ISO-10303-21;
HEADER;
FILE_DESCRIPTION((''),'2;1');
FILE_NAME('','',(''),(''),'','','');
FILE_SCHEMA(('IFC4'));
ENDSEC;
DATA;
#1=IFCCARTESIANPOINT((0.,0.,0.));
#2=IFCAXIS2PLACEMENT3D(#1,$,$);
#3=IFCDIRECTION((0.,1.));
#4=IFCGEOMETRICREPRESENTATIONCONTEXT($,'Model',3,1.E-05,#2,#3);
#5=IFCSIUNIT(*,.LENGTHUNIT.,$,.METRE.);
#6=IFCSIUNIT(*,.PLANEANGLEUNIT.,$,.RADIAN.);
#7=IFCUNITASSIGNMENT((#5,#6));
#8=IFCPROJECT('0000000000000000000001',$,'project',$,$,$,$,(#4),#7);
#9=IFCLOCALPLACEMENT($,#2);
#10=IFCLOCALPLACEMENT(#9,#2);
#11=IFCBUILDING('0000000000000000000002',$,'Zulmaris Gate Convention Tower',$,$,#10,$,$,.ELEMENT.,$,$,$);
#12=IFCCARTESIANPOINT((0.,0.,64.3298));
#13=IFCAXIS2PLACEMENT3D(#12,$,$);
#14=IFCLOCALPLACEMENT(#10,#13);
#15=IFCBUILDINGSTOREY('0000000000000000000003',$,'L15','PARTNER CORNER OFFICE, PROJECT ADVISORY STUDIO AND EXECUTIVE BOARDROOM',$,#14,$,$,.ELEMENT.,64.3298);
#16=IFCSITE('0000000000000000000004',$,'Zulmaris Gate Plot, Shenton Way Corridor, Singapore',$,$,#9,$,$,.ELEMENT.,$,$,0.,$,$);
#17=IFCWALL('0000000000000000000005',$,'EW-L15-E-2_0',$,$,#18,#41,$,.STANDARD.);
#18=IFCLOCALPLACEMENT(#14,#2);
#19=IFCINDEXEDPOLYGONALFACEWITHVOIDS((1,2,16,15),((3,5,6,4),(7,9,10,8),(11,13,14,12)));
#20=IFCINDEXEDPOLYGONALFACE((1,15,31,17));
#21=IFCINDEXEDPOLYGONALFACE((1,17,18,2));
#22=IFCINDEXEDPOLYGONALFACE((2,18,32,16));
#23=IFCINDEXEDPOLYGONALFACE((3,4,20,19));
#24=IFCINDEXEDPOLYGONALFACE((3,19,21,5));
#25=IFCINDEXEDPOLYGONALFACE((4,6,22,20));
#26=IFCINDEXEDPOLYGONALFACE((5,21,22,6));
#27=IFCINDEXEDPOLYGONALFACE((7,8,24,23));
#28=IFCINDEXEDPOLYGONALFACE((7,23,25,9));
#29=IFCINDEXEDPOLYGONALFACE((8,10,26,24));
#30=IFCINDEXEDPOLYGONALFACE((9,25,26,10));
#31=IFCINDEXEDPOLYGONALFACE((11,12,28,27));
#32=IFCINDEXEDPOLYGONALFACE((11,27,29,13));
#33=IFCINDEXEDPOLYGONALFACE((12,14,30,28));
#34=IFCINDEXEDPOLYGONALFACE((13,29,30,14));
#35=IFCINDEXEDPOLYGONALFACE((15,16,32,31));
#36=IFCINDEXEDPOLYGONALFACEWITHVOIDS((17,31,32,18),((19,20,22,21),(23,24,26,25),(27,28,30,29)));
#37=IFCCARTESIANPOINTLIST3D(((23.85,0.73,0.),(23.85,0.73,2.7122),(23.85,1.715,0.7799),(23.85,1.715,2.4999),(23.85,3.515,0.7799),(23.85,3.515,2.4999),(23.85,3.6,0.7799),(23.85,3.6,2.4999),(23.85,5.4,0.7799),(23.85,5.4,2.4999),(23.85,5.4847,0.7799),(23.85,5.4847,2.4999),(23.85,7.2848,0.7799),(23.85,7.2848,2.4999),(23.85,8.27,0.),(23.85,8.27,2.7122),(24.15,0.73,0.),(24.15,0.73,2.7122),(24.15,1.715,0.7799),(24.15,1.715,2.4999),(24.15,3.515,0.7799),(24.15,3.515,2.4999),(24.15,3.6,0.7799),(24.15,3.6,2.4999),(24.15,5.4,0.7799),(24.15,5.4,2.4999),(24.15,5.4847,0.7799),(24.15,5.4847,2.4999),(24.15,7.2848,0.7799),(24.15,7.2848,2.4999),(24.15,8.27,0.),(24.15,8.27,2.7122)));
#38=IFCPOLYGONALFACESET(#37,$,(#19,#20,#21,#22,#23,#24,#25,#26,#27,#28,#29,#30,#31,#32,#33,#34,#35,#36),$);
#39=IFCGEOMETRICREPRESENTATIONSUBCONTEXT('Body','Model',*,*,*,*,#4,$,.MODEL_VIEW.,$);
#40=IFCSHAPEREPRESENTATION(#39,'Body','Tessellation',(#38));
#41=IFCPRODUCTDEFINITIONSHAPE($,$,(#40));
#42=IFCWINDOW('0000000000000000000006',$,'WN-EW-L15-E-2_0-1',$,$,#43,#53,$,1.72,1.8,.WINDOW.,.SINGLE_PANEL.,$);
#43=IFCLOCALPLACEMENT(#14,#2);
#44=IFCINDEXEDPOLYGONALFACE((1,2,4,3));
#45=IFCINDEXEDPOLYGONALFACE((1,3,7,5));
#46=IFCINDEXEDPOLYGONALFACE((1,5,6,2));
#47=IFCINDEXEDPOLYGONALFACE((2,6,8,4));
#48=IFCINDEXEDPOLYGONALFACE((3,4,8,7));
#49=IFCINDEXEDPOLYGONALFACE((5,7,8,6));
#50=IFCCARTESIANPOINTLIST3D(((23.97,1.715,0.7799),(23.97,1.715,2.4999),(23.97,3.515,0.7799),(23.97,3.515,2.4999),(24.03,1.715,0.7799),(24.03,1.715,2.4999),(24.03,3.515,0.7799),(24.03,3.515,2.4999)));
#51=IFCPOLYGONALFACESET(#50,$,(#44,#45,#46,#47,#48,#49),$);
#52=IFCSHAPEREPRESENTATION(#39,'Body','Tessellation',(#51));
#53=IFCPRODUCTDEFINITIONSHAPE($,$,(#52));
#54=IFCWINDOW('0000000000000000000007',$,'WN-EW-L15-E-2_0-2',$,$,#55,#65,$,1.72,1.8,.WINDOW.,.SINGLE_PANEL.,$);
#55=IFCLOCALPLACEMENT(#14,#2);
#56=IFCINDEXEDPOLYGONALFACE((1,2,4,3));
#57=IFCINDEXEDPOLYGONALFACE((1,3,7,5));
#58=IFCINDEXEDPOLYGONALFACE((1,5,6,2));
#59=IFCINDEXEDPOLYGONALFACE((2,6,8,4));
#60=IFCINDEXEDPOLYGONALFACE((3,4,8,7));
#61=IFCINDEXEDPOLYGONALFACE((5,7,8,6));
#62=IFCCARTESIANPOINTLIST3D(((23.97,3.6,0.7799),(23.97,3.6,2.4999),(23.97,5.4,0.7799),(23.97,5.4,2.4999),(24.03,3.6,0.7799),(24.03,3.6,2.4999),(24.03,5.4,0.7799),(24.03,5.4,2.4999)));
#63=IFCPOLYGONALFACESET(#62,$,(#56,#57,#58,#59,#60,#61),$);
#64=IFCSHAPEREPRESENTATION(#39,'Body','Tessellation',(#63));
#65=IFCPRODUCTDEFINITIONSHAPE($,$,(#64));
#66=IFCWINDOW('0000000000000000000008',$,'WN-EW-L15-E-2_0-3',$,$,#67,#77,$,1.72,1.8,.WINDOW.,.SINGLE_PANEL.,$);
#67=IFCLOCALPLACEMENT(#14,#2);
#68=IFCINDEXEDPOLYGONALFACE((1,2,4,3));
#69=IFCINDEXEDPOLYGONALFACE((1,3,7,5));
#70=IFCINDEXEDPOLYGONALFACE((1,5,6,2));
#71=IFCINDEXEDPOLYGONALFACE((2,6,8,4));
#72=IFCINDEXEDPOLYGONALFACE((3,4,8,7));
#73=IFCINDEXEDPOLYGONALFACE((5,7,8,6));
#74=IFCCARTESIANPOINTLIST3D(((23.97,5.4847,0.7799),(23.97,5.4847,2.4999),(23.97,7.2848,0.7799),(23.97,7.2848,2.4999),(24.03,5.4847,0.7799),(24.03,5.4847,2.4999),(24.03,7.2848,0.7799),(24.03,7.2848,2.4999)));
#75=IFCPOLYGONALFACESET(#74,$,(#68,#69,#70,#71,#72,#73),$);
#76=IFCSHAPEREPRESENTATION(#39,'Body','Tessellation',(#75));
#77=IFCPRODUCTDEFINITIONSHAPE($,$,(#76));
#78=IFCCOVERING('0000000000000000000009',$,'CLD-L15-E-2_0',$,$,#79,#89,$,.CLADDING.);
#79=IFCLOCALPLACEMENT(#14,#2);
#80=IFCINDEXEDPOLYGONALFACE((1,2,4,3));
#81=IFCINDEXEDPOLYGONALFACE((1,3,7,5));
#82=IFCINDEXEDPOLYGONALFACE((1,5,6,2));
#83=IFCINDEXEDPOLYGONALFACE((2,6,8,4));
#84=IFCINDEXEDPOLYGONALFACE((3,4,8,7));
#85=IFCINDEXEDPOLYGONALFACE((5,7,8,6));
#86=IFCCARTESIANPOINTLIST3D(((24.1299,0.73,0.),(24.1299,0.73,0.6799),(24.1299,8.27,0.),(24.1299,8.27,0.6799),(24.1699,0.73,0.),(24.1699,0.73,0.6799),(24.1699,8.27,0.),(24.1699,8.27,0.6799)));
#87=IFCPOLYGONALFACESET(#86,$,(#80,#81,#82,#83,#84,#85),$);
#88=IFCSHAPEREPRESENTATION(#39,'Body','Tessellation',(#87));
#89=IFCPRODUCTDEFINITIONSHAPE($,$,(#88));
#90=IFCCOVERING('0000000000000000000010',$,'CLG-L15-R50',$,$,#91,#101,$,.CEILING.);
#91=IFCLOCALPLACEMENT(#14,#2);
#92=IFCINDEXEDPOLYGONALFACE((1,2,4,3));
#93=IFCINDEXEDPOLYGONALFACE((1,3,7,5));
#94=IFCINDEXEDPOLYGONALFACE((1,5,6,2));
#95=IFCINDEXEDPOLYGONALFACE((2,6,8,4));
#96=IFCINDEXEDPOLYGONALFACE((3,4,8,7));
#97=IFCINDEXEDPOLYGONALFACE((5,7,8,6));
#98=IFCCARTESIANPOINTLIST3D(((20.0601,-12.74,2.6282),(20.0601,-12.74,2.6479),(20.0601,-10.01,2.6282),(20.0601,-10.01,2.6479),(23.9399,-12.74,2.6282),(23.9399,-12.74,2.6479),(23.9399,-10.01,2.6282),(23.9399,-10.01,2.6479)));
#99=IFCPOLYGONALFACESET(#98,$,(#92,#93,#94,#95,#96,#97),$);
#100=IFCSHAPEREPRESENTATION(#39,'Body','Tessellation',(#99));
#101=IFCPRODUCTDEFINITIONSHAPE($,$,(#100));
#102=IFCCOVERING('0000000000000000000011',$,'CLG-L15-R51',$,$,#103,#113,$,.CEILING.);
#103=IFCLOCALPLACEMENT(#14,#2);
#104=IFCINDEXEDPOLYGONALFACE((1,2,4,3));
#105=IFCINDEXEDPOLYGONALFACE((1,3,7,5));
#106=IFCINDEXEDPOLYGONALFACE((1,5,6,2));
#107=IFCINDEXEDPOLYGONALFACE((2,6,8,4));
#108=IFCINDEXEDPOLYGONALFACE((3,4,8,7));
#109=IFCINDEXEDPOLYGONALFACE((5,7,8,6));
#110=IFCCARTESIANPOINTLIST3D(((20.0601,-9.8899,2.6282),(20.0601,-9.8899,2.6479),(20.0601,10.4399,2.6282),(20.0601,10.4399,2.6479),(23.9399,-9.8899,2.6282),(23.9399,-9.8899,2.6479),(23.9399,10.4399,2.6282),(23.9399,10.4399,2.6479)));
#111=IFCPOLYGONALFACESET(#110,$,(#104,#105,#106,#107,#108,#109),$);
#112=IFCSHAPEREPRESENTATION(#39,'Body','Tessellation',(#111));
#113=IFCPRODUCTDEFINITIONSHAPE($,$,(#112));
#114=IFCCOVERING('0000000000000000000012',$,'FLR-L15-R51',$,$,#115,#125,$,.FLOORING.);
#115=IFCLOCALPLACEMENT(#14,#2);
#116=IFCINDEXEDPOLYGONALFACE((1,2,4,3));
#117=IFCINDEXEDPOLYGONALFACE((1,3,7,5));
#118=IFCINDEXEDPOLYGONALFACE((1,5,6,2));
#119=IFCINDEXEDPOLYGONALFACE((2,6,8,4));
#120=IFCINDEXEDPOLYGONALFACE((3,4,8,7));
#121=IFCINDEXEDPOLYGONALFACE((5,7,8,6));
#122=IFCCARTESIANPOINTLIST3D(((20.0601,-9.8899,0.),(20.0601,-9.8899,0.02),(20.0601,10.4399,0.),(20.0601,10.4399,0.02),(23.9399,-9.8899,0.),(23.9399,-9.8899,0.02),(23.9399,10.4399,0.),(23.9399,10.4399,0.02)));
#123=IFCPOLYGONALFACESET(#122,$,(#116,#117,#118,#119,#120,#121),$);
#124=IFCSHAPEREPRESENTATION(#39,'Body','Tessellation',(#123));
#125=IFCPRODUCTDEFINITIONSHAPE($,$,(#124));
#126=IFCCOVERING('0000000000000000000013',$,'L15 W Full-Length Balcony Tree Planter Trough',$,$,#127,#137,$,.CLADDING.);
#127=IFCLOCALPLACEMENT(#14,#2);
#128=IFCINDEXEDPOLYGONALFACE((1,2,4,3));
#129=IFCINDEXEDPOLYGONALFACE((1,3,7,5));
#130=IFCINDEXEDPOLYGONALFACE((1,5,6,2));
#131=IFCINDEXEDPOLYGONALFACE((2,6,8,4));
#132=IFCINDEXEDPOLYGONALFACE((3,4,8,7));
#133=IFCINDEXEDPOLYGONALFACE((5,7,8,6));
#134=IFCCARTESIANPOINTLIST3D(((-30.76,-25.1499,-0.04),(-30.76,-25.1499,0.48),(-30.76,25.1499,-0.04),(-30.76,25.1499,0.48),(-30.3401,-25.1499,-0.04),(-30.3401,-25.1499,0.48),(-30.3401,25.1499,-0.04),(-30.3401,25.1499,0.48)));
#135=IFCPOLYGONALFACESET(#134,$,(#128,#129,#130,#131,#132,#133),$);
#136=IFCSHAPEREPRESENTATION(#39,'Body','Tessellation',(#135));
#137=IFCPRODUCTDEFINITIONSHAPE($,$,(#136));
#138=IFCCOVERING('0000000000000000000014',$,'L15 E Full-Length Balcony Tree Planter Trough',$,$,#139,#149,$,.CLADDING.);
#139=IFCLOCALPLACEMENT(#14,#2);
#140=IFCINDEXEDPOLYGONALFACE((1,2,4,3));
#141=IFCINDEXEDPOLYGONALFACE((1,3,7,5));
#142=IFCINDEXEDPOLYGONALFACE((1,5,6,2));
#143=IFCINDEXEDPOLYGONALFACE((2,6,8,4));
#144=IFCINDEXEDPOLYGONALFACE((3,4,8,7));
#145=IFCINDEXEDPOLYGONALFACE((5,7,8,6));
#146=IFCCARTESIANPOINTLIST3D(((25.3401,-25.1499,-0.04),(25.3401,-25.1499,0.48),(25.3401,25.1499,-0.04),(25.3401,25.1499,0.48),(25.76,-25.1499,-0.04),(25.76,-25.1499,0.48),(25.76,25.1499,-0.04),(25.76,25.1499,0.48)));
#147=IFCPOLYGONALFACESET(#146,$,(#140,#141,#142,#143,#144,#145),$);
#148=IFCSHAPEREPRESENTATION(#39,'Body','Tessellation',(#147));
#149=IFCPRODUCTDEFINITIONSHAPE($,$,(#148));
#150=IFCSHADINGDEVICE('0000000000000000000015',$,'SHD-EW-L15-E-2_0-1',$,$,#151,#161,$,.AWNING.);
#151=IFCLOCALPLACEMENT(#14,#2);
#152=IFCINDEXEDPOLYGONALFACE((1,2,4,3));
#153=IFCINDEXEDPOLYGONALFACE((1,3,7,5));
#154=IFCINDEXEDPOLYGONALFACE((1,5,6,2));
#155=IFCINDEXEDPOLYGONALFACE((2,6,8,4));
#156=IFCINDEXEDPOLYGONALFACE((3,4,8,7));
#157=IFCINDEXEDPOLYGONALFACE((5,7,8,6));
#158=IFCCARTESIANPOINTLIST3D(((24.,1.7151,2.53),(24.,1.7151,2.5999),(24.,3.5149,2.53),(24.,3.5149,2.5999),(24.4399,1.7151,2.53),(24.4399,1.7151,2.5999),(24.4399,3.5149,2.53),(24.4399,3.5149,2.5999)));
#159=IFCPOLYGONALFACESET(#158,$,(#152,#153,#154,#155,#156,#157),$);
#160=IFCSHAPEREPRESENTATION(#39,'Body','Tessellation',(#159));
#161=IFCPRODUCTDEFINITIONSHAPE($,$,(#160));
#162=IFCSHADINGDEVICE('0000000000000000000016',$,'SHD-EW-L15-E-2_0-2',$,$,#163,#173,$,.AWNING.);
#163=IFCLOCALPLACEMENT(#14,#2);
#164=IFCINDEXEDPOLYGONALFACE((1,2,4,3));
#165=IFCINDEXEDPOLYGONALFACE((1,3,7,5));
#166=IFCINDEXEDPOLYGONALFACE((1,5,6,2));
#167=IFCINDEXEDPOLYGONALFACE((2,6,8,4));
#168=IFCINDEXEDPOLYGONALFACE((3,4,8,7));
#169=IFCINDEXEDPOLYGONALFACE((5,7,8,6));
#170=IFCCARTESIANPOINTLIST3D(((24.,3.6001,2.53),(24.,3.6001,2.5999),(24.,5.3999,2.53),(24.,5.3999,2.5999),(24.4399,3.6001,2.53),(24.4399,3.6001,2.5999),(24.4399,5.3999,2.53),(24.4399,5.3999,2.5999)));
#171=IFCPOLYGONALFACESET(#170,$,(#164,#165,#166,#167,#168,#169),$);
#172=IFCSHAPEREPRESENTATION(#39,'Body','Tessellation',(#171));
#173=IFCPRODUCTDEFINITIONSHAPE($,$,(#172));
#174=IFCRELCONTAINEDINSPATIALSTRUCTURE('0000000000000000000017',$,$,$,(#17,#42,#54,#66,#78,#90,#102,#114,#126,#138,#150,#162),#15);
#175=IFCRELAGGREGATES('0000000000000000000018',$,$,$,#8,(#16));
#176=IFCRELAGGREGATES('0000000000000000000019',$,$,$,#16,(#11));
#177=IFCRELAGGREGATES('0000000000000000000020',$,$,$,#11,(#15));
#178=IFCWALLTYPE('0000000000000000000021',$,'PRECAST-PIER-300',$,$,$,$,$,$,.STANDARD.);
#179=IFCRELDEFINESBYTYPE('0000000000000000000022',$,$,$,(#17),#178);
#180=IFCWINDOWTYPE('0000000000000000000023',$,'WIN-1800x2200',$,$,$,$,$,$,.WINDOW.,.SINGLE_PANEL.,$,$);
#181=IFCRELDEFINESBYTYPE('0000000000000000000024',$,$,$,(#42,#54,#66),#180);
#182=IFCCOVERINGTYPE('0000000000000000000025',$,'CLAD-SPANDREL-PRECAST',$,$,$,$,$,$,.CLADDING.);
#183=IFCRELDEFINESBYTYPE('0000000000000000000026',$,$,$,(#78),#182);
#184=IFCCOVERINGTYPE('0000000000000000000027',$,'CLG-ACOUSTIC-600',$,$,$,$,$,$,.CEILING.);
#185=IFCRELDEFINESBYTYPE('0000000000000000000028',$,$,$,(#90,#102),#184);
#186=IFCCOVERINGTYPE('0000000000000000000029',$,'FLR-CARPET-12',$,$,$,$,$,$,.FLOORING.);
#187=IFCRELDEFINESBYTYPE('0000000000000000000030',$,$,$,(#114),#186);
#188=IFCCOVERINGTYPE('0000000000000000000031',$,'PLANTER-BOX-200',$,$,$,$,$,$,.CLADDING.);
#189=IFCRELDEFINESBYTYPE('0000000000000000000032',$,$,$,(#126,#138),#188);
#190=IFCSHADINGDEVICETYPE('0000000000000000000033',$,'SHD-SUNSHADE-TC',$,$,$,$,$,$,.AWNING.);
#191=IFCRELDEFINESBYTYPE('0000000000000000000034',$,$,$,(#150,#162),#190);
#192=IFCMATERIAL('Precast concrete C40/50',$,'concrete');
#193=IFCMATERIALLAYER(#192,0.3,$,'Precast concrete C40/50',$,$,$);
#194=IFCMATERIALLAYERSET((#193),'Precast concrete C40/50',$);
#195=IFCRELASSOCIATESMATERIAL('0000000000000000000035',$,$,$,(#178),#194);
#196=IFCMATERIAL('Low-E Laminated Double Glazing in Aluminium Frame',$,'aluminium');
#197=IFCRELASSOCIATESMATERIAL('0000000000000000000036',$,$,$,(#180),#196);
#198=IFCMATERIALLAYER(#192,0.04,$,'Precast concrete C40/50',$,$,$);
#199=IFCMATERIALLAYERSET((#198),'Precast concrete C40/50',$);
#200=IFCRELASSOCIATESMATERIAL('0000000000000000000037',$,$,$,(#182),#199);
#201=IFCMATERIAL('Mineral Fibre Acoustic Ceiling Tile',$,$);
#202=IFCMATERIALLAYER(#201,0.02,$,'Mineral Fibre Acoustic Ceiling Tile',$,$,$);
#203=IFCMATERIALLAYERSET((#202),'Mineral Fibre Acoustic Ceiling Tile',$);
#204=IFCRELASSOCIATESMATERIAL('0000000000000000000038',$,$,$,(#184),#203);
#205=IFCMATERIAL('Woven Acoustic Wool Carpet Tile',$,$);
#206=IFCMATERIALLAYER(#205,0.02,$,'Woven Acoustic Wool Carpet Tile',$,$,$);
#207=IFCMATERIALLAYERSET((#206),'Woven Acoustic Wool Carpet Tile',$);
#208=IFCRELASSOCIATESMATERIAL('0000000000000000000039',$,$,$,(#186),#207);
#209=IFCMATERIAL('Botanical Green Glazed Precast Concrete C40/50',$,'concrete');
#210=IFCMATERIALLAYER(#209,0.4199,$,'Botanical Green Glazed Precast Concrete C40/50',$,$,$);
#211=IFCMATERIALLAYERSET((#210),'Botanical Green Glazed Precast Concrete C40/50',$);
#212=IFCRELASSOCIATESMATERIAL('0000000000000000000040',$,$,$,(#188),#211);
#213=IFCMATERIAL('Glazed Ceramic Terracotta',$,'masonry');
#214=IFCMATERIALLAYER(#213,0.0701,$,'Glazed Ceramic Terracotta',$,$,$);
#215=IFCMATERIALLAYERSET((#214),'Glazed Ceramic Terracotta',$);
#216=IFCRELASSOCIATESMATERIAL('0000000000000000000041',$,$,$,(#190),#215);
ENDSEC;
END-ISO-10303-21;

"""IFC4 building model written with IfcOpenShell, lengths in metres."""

from ifc_helpers import new_model, si_unit, direction, frame, frame_2d, origin, place, context, subcontext, project, spatial, polyline, rectangle, outline, extrude, material, layer, layer_set, type_object, element, fill, save


model = new_model("IFC4")

# Units and contexts
model_context = context("Model", 3, precision=1e-05, world=origin(), true_north=direction((0.0, 1.0)))
body_context = subcontext(model_context, "Body", "Model", "MODEL_VIEW")
ifc_project = project(units=[si_unit("LENGTHUNIT", "METRE"), si_unit("PLANEANGLEUNIT", "RADIAN")], contexts=[model_context])

# Site, building, storey
site_placement = place(None, origin())
site = spatial("IfcSite", under=ifc_project, at=site_placement, Name="Zulmaris Gate Plot, Shenton Way Corridor, Singapore", CompositionType="ELEMENT", RefElevation=0.0)
building_placement = place(site_placement, origin())
building = spatial("IfcBuilding", under=site, at=building_placement, Name="Zulmaris Gate Convention Tower", CompositionType="ELEMENT")
storey_placement = place(building_placement, frame((0.0, 0.0, 64.3298)))
storey = spatial("IfcBuildingStorey", under=building, at=storey_placement, Name="L15", Description="PARTNER CORNER OFFICE, PROJECT ADVISORY STUDIO AND EXECUTIVE BOARDROOM", CompositionType="ELEMENT", Elevation=64.3298)

# Wall, openings, windows
ifc_material_1 = material(Name="Precast concrete C40/50", Category="concrete")
ifc_layer_1 = layer(ifc_material_1, 0.3, Name="Precast concrete C40/50")
ifc_layer_set_1 = layer_set([ifc_layer_1], Name="Precast concrete C40/50")
wall_type_1 = type_object("IfcWallType", Name="PRECAST-PIER-300", PredefinedType="STANDARD", material=ifc_layer_set_1)
wall_1_placement = place(storey_placement, frame((24.0, 0.73, 0.0), z_axis=(0.0, 0.0, 1.0), x_axis=(0.0, 1.0, 0.0)))
wall_1 = element("IfcWall", 1, at=wall_1_placement, inside=storey, type_object=wall_type_1, Name="EW-L15-E-2_0", PredefinedType="STANDARD", context=body_context, shape_type="SweptSolid", body=[
    extrude(rectangle(XDim=7.54, YDim=0.3, at=frame_2d((3.77, 0.0))), origin(), (0.0, 0.0, 1.0), 2.7122),
])
opening_1_placement = place(wall_1_placement, frame((0.9851, 0.0, 0.78)))
opening_1 = element("IfcOpeningElement", 2, at=opening_1_placement, cuts=wall_1, PredefinedType="OPENING", context=body_context, shape_type="SweptSolid", body=[
    extrude(rectangle(XDim=1.8, YDim=1.72, at=frame_2d((0.8999, 0.8599))), frame((0.0, 0.1602, 0.0), z_axis=(0.0, -1.0, 0.0), x_axis=(1.0, 0.0, 0.0)), (0.0, 0.0, 1.0), 0.3201),
])
opening_2_placement = place(wall_1_placement, frame((2.8701, 0.0, 0.78)))
opening_2 = element("IfcOpeningElement", 3, at=opening_2_placement, cuts=wall_1, PredefinedType="OPENING", context=body_context, shape_type="SweptSolid", body=[
    extrude(rectangle(XDim=1.8, YDim=1.72, at=frame_2d((0.8999, 0.8599))), frame((0.0, 0.1602, 0.0), z_axis=(0.0, -1.0, 0.0), x_axis=(1.0, 0.0, 0.0)), (0.0, 0.0, 1.0), 0.3201),
])
opening_3_placement = place(wall_1_placement, frame((4.7549, 0.0, 0.78)))
opening_3 = element("IfcOpeningElement", 4, at=opening_3_placement, cuts=wall_1, PredefinedType="OPENING", context=body_context, shape_type="SweptSolid", body=[
    extrude(rectangle(XDim=1.8, YDim=1.72, at=frame_2d((0.8999, 0.8599))), frame((0.0, 0.1602, 0.0), z_axis=(0.0, -1.0, 0.0), x_axis=(1.0, 0.0, 0.0)), (0.0, 0.0, 1.0), 0.3201),
])
ifc_material_2 = material(Name="Low-E Laminated Double Glazing in Aluminium Frame", Category="aluminium")
window_type = type_object("IfcWindowType", Name="WIN-1800x2200", PartitioningType="SINGLE_PANEL", PredefinedType="WINDOW", material=ifc_material_2)
window_1_placement = place(opening_1_placement, origin())
window_1 = element("IfcWindow", 5, at=window_1_placement, inside=storey, type_object=window_type, Name="WN-EW-L15-E-2_0-1", OverallHeight=1.72, OverallWidth=1.8, PartitioningType="SINGLE_PANEL", PredefinedType="WINDOW", context=body_context, shape_type="SweptSolid", body=[
    extrude(rectangle(XDim=1.8, YDim=1.72, at=frame_2d((0.8999, 0.8599))), frame((0.0, 0.03, 0.0), z_axis=(0.0, -1.0, 0.0), x_axis=(1.0, 0.0, 0.0)), (0.0, 0.0, 1.0), 0.0601),
])
fill(opening_1, window_1)
window_2_placement = place(opening_2_placement, origin())
window_2 = element("IfcWindow", 6, at=window_2_placement, inside=storey, type_object=window_type, Name="WN-EW-L15-E-2_0-2", OverallHeight=1.72, OverallWidth=1.8, PartitioningType="SINGLE_PANEL", PredefinedType="WINDOW", context=body_context, shape_type="SweptSolid", body=[
    extrude(rectangle(XDim=1.8, YDim=1.72, at=frame_2d((0.8999, 0.8599))), frame((0.0, 0.03, 0.0), z_axis=(0.0, -1.0, 0.0), x_axis=(1.0, 0.0, 0.0)), (0.0, 0.0, 1.0), 0.0601),
])
fill(opening_2, window_2)
window_3_placement = place(opening_3_placement, origin())
window_3 = element("IfcWindow", 7, at=window_3_placement, inside=storey, type_object=window_type, Name="WN-EW-L15-E-2_0-3", OverallHeight=1.72, OverallWidth=1.8, PartitioningType="SINGLE_PANEL", PredefinedType="WINDOW", context=body_context, shape_type="SweptSolid", body=[
    extrude(rectangle(XDim=1.8, YDim=1.72, at=frame_2d((0.8999, 0.8599))), frame((0.0, 0.03, 0.0), z_axis=(0.0, -1.0, 0.0), x_axis=(1.0, 0.0, 0.0)), (0.0, 0.0, 1.0), 0.0601),
])
fill(opening_3, window_3)

# Coverings
ifc_layer_2 = layer(ifc_material_1, 0.04, Name="Precast concrete C40/50")
ifc_layer_set_2 = layer_set([ifc_layer_2], Name="Precast concrete C40/50")
covering_type_1 = type_object("IfcCoveringType", Name="CLAD-SPANDREL-PRECAST", PredefinedType="CLADDING", material=ifc_layer_set_2)
covering_1_placement = place(storey_placement, frame((24.1499, 0.73, 0.0), z_axis=(0.0, 0.0, 1.0), x_axis=(0.0, 1.0, 0.0)))
element("IfcCovering", 8, at=covering_1_placement, inside=storey, type_object=covering_type_1, Name="CLD-L15-E-2_0", PredefinedType="CLADDING", context=body_context, shape_type="SweptSolid", body=[
    extrude(rectangle(XDim=7.54, YDim=0.04, at=frame_2d((3.77, 0.0))), origin(), (0.0, 0.0, 1.0), 0.6799),
])
ifc_material_3 = material(Name="Mineral Fibre Acoustic Ceiling Tile")
ifc_layer_3 = layer(ifc_material_3, 0.02, Name="Mineral Fibre Acoustic Ceiling Tile")
ifc_layer_set_3 = layer_set([ifc_layer_3], Name="Mineral Fibre Acoustic Ceiling Tile")
covering_type_2 = type_object("IfcCoveringType", Name="CLG-ACOUSTIC-600", PredefinedType="CEILING", material=ifc_layer_set_3)
covering_2_placement = place(storey_placement, frame((0.0, 0.0, 2.6282)))
element("IfcCovering", 9, at=covering_2_placement, inside=storey, type_object=covering_type_2, Name="CLG-L15-R50", PredefinedType="CEILING", context=body_context, shape_type="SweptSolid", body=[
    extrude(outline(polyline([(20.0601, -12.74), (23.9399, -12.74), (23.9399, -10.01), (20.0601, -10.01), (20.0601, -12.74)])), origin(), (0.0, 0.0, 1.0), 0.0198),
])
covering_3_placement = place(storey_placement, frame((0.0, 0.0, 2.6282)))
element("IfcCovering", 10, at=covering_3_placement, inside=storey, type_object=covering_type_2, Name="CLG-L15-R51", PredefinedType="CEILING", context=body_context, shape_type="SweptSolid", body=[
    extrude(outline(polyline([(20.0601, -9.8899), (23.9399, -9.8899), (23.9399, 10.4399), (20.0601, 10.4399), (20.0601, -9.8899)])), origin(), (0.0, 0.0, 1.0), 0.0198),
])
ifc_material_4 = material(Name="Woven Acoustic Wool Carpet Tile")
ifc_layer_4 = layer(ifc_material_4, 0.02, Name="Woven Acoustic Wool Carpet Tile")
ifc_layer_set_4 = layer_set([ifc_layer_4], Name="Woven Acoustic Wool Carpet Tile")
covering_type_3 = type_object("IfcCoveringType", Name="FLR-CARPET-12", PredefinedType="FLOORING", material=ifc_layer_set_4)
covering_4_placement = place(storey_placement, origin())
element("IfcCovering", 11, at=covering_4_placement, inside=storey, type_object=covering_type_3, Name="FLR-L15-R51", PredefinedType="FLOORING", context=body_context, shape_type="SweptSolid", body=[
    extrude(outline(polyline([(20.0601, -9.8899), (23.9399, -9.8899), (23.9399, 10.4399), (20.0601, 10.4399), (20.0601, -9.8899)])), origin(), (0.0, 0.0, 1.0), 0.02),
])
ifc_material_5 = material(Name="Botanical Green Glazed Precast Concrete C40/50", Category="concrete")
ifc_layer_5 = layer(ifc_material_5, 0.4199, Name="Botanical Green Glazed Precast Concrete C40/50")
ifc_layer_set_5 = layer_set([ifc_layer_5], Name="Botanical Green Glazed Precast Concrete C40/50")
covering_type_4 = type_object("IfcCoveringType", Name="PLANTER-BOX-200", PredefinedType="CLADDING", material=ifc_layer_set_5)
covering_5_placement = place(storey_placement, frame((0.0, 0.0, -0.04)))
element("IfcCovering", 12, at=covering_5_placement, inside=storey, type_object=covering_type_4, Name="L15 W Full-Length Balcony Tree Planter Trough", PredefinedType="CLADDING", context=body_context, shape_type="SweptSolid", body=[
    extrude(outline(polyline([(-30.76, -25.1499), (-30.3401, -25.1499), (-30.3401, 25.1499), (-30.76, 25.1499), (-30.76, -25.1499)])), origin(), (0.0, 0.0, 1.0), 0.52),
])
covering_6_placement = place(storey_placement, frame((0.0, 0.0, -0.04)))
element("IfcCovering", 13, at=covering_6_placement, inside=storey, type_object=covering_type_4, Name="L15 E Full-Length Balcony Tree Planter Trough", PredefinedType="CLADDING", context=body_context, shape_type="SweptSolid", body=[
    extrude(outline(polyline([(25.3401, -25.1499), (25.76, -25.1499), (25.76, 25.1499), (25.3401, 25.1499), (25.3401, -25.1499)])), origin(), (0.0, 0.0, 1.0), 0.52),
])

# Shading devices
ifc_material_6 = material(Name="Glazed Ceramic Terracotta", Category="masonry")
ifc_layer_6 = layer(ifc_material_6, 0.0701, Name="Glazed Ceramic Terracotta")
ifc_layer_set_6 = layer_set([ifc_layer_6], Name="Glazed Ceramic Terracotta")
shading_device_type = type_object("IfcShadingDeviceType", Name="SHD-SUNSHADE-TC", PredefinedType="AWNING", material=ifc_layer_set_6)
for number, where, z_axis, x_axis, name in (
    (14, (24.22, 1.7151, 2.53), (0.0, 0.0, 1.0), (0.0, 1.0, 0.0), "SHD-EW-L15-E-2_0-1"),
    (15, (24.22, 3.6001, 2.53), (0.0, 0.0, 1.0), (0.0, 1.0, 0.0), "SHD-EW-L15-E-2_0-2"),
):
    element("IfcShadingDevice", number, at=place(storey_placement, frame(where, z_axis=z_axis, x_axis=x_axis)), inside=storey, type_object=shading_device_type, Name=name, PredefinedType="AWNING", context=body_context, shape_type="SweptSolid", body=[
        extrude(rectangle(XDim=1.7998, YDim=0.4399, at=frame_2d((0.8999, 0.0))), origin(), (0.0, 0.0, 1.0), 0.0698),
    ])

save(model, "model.ifc")
